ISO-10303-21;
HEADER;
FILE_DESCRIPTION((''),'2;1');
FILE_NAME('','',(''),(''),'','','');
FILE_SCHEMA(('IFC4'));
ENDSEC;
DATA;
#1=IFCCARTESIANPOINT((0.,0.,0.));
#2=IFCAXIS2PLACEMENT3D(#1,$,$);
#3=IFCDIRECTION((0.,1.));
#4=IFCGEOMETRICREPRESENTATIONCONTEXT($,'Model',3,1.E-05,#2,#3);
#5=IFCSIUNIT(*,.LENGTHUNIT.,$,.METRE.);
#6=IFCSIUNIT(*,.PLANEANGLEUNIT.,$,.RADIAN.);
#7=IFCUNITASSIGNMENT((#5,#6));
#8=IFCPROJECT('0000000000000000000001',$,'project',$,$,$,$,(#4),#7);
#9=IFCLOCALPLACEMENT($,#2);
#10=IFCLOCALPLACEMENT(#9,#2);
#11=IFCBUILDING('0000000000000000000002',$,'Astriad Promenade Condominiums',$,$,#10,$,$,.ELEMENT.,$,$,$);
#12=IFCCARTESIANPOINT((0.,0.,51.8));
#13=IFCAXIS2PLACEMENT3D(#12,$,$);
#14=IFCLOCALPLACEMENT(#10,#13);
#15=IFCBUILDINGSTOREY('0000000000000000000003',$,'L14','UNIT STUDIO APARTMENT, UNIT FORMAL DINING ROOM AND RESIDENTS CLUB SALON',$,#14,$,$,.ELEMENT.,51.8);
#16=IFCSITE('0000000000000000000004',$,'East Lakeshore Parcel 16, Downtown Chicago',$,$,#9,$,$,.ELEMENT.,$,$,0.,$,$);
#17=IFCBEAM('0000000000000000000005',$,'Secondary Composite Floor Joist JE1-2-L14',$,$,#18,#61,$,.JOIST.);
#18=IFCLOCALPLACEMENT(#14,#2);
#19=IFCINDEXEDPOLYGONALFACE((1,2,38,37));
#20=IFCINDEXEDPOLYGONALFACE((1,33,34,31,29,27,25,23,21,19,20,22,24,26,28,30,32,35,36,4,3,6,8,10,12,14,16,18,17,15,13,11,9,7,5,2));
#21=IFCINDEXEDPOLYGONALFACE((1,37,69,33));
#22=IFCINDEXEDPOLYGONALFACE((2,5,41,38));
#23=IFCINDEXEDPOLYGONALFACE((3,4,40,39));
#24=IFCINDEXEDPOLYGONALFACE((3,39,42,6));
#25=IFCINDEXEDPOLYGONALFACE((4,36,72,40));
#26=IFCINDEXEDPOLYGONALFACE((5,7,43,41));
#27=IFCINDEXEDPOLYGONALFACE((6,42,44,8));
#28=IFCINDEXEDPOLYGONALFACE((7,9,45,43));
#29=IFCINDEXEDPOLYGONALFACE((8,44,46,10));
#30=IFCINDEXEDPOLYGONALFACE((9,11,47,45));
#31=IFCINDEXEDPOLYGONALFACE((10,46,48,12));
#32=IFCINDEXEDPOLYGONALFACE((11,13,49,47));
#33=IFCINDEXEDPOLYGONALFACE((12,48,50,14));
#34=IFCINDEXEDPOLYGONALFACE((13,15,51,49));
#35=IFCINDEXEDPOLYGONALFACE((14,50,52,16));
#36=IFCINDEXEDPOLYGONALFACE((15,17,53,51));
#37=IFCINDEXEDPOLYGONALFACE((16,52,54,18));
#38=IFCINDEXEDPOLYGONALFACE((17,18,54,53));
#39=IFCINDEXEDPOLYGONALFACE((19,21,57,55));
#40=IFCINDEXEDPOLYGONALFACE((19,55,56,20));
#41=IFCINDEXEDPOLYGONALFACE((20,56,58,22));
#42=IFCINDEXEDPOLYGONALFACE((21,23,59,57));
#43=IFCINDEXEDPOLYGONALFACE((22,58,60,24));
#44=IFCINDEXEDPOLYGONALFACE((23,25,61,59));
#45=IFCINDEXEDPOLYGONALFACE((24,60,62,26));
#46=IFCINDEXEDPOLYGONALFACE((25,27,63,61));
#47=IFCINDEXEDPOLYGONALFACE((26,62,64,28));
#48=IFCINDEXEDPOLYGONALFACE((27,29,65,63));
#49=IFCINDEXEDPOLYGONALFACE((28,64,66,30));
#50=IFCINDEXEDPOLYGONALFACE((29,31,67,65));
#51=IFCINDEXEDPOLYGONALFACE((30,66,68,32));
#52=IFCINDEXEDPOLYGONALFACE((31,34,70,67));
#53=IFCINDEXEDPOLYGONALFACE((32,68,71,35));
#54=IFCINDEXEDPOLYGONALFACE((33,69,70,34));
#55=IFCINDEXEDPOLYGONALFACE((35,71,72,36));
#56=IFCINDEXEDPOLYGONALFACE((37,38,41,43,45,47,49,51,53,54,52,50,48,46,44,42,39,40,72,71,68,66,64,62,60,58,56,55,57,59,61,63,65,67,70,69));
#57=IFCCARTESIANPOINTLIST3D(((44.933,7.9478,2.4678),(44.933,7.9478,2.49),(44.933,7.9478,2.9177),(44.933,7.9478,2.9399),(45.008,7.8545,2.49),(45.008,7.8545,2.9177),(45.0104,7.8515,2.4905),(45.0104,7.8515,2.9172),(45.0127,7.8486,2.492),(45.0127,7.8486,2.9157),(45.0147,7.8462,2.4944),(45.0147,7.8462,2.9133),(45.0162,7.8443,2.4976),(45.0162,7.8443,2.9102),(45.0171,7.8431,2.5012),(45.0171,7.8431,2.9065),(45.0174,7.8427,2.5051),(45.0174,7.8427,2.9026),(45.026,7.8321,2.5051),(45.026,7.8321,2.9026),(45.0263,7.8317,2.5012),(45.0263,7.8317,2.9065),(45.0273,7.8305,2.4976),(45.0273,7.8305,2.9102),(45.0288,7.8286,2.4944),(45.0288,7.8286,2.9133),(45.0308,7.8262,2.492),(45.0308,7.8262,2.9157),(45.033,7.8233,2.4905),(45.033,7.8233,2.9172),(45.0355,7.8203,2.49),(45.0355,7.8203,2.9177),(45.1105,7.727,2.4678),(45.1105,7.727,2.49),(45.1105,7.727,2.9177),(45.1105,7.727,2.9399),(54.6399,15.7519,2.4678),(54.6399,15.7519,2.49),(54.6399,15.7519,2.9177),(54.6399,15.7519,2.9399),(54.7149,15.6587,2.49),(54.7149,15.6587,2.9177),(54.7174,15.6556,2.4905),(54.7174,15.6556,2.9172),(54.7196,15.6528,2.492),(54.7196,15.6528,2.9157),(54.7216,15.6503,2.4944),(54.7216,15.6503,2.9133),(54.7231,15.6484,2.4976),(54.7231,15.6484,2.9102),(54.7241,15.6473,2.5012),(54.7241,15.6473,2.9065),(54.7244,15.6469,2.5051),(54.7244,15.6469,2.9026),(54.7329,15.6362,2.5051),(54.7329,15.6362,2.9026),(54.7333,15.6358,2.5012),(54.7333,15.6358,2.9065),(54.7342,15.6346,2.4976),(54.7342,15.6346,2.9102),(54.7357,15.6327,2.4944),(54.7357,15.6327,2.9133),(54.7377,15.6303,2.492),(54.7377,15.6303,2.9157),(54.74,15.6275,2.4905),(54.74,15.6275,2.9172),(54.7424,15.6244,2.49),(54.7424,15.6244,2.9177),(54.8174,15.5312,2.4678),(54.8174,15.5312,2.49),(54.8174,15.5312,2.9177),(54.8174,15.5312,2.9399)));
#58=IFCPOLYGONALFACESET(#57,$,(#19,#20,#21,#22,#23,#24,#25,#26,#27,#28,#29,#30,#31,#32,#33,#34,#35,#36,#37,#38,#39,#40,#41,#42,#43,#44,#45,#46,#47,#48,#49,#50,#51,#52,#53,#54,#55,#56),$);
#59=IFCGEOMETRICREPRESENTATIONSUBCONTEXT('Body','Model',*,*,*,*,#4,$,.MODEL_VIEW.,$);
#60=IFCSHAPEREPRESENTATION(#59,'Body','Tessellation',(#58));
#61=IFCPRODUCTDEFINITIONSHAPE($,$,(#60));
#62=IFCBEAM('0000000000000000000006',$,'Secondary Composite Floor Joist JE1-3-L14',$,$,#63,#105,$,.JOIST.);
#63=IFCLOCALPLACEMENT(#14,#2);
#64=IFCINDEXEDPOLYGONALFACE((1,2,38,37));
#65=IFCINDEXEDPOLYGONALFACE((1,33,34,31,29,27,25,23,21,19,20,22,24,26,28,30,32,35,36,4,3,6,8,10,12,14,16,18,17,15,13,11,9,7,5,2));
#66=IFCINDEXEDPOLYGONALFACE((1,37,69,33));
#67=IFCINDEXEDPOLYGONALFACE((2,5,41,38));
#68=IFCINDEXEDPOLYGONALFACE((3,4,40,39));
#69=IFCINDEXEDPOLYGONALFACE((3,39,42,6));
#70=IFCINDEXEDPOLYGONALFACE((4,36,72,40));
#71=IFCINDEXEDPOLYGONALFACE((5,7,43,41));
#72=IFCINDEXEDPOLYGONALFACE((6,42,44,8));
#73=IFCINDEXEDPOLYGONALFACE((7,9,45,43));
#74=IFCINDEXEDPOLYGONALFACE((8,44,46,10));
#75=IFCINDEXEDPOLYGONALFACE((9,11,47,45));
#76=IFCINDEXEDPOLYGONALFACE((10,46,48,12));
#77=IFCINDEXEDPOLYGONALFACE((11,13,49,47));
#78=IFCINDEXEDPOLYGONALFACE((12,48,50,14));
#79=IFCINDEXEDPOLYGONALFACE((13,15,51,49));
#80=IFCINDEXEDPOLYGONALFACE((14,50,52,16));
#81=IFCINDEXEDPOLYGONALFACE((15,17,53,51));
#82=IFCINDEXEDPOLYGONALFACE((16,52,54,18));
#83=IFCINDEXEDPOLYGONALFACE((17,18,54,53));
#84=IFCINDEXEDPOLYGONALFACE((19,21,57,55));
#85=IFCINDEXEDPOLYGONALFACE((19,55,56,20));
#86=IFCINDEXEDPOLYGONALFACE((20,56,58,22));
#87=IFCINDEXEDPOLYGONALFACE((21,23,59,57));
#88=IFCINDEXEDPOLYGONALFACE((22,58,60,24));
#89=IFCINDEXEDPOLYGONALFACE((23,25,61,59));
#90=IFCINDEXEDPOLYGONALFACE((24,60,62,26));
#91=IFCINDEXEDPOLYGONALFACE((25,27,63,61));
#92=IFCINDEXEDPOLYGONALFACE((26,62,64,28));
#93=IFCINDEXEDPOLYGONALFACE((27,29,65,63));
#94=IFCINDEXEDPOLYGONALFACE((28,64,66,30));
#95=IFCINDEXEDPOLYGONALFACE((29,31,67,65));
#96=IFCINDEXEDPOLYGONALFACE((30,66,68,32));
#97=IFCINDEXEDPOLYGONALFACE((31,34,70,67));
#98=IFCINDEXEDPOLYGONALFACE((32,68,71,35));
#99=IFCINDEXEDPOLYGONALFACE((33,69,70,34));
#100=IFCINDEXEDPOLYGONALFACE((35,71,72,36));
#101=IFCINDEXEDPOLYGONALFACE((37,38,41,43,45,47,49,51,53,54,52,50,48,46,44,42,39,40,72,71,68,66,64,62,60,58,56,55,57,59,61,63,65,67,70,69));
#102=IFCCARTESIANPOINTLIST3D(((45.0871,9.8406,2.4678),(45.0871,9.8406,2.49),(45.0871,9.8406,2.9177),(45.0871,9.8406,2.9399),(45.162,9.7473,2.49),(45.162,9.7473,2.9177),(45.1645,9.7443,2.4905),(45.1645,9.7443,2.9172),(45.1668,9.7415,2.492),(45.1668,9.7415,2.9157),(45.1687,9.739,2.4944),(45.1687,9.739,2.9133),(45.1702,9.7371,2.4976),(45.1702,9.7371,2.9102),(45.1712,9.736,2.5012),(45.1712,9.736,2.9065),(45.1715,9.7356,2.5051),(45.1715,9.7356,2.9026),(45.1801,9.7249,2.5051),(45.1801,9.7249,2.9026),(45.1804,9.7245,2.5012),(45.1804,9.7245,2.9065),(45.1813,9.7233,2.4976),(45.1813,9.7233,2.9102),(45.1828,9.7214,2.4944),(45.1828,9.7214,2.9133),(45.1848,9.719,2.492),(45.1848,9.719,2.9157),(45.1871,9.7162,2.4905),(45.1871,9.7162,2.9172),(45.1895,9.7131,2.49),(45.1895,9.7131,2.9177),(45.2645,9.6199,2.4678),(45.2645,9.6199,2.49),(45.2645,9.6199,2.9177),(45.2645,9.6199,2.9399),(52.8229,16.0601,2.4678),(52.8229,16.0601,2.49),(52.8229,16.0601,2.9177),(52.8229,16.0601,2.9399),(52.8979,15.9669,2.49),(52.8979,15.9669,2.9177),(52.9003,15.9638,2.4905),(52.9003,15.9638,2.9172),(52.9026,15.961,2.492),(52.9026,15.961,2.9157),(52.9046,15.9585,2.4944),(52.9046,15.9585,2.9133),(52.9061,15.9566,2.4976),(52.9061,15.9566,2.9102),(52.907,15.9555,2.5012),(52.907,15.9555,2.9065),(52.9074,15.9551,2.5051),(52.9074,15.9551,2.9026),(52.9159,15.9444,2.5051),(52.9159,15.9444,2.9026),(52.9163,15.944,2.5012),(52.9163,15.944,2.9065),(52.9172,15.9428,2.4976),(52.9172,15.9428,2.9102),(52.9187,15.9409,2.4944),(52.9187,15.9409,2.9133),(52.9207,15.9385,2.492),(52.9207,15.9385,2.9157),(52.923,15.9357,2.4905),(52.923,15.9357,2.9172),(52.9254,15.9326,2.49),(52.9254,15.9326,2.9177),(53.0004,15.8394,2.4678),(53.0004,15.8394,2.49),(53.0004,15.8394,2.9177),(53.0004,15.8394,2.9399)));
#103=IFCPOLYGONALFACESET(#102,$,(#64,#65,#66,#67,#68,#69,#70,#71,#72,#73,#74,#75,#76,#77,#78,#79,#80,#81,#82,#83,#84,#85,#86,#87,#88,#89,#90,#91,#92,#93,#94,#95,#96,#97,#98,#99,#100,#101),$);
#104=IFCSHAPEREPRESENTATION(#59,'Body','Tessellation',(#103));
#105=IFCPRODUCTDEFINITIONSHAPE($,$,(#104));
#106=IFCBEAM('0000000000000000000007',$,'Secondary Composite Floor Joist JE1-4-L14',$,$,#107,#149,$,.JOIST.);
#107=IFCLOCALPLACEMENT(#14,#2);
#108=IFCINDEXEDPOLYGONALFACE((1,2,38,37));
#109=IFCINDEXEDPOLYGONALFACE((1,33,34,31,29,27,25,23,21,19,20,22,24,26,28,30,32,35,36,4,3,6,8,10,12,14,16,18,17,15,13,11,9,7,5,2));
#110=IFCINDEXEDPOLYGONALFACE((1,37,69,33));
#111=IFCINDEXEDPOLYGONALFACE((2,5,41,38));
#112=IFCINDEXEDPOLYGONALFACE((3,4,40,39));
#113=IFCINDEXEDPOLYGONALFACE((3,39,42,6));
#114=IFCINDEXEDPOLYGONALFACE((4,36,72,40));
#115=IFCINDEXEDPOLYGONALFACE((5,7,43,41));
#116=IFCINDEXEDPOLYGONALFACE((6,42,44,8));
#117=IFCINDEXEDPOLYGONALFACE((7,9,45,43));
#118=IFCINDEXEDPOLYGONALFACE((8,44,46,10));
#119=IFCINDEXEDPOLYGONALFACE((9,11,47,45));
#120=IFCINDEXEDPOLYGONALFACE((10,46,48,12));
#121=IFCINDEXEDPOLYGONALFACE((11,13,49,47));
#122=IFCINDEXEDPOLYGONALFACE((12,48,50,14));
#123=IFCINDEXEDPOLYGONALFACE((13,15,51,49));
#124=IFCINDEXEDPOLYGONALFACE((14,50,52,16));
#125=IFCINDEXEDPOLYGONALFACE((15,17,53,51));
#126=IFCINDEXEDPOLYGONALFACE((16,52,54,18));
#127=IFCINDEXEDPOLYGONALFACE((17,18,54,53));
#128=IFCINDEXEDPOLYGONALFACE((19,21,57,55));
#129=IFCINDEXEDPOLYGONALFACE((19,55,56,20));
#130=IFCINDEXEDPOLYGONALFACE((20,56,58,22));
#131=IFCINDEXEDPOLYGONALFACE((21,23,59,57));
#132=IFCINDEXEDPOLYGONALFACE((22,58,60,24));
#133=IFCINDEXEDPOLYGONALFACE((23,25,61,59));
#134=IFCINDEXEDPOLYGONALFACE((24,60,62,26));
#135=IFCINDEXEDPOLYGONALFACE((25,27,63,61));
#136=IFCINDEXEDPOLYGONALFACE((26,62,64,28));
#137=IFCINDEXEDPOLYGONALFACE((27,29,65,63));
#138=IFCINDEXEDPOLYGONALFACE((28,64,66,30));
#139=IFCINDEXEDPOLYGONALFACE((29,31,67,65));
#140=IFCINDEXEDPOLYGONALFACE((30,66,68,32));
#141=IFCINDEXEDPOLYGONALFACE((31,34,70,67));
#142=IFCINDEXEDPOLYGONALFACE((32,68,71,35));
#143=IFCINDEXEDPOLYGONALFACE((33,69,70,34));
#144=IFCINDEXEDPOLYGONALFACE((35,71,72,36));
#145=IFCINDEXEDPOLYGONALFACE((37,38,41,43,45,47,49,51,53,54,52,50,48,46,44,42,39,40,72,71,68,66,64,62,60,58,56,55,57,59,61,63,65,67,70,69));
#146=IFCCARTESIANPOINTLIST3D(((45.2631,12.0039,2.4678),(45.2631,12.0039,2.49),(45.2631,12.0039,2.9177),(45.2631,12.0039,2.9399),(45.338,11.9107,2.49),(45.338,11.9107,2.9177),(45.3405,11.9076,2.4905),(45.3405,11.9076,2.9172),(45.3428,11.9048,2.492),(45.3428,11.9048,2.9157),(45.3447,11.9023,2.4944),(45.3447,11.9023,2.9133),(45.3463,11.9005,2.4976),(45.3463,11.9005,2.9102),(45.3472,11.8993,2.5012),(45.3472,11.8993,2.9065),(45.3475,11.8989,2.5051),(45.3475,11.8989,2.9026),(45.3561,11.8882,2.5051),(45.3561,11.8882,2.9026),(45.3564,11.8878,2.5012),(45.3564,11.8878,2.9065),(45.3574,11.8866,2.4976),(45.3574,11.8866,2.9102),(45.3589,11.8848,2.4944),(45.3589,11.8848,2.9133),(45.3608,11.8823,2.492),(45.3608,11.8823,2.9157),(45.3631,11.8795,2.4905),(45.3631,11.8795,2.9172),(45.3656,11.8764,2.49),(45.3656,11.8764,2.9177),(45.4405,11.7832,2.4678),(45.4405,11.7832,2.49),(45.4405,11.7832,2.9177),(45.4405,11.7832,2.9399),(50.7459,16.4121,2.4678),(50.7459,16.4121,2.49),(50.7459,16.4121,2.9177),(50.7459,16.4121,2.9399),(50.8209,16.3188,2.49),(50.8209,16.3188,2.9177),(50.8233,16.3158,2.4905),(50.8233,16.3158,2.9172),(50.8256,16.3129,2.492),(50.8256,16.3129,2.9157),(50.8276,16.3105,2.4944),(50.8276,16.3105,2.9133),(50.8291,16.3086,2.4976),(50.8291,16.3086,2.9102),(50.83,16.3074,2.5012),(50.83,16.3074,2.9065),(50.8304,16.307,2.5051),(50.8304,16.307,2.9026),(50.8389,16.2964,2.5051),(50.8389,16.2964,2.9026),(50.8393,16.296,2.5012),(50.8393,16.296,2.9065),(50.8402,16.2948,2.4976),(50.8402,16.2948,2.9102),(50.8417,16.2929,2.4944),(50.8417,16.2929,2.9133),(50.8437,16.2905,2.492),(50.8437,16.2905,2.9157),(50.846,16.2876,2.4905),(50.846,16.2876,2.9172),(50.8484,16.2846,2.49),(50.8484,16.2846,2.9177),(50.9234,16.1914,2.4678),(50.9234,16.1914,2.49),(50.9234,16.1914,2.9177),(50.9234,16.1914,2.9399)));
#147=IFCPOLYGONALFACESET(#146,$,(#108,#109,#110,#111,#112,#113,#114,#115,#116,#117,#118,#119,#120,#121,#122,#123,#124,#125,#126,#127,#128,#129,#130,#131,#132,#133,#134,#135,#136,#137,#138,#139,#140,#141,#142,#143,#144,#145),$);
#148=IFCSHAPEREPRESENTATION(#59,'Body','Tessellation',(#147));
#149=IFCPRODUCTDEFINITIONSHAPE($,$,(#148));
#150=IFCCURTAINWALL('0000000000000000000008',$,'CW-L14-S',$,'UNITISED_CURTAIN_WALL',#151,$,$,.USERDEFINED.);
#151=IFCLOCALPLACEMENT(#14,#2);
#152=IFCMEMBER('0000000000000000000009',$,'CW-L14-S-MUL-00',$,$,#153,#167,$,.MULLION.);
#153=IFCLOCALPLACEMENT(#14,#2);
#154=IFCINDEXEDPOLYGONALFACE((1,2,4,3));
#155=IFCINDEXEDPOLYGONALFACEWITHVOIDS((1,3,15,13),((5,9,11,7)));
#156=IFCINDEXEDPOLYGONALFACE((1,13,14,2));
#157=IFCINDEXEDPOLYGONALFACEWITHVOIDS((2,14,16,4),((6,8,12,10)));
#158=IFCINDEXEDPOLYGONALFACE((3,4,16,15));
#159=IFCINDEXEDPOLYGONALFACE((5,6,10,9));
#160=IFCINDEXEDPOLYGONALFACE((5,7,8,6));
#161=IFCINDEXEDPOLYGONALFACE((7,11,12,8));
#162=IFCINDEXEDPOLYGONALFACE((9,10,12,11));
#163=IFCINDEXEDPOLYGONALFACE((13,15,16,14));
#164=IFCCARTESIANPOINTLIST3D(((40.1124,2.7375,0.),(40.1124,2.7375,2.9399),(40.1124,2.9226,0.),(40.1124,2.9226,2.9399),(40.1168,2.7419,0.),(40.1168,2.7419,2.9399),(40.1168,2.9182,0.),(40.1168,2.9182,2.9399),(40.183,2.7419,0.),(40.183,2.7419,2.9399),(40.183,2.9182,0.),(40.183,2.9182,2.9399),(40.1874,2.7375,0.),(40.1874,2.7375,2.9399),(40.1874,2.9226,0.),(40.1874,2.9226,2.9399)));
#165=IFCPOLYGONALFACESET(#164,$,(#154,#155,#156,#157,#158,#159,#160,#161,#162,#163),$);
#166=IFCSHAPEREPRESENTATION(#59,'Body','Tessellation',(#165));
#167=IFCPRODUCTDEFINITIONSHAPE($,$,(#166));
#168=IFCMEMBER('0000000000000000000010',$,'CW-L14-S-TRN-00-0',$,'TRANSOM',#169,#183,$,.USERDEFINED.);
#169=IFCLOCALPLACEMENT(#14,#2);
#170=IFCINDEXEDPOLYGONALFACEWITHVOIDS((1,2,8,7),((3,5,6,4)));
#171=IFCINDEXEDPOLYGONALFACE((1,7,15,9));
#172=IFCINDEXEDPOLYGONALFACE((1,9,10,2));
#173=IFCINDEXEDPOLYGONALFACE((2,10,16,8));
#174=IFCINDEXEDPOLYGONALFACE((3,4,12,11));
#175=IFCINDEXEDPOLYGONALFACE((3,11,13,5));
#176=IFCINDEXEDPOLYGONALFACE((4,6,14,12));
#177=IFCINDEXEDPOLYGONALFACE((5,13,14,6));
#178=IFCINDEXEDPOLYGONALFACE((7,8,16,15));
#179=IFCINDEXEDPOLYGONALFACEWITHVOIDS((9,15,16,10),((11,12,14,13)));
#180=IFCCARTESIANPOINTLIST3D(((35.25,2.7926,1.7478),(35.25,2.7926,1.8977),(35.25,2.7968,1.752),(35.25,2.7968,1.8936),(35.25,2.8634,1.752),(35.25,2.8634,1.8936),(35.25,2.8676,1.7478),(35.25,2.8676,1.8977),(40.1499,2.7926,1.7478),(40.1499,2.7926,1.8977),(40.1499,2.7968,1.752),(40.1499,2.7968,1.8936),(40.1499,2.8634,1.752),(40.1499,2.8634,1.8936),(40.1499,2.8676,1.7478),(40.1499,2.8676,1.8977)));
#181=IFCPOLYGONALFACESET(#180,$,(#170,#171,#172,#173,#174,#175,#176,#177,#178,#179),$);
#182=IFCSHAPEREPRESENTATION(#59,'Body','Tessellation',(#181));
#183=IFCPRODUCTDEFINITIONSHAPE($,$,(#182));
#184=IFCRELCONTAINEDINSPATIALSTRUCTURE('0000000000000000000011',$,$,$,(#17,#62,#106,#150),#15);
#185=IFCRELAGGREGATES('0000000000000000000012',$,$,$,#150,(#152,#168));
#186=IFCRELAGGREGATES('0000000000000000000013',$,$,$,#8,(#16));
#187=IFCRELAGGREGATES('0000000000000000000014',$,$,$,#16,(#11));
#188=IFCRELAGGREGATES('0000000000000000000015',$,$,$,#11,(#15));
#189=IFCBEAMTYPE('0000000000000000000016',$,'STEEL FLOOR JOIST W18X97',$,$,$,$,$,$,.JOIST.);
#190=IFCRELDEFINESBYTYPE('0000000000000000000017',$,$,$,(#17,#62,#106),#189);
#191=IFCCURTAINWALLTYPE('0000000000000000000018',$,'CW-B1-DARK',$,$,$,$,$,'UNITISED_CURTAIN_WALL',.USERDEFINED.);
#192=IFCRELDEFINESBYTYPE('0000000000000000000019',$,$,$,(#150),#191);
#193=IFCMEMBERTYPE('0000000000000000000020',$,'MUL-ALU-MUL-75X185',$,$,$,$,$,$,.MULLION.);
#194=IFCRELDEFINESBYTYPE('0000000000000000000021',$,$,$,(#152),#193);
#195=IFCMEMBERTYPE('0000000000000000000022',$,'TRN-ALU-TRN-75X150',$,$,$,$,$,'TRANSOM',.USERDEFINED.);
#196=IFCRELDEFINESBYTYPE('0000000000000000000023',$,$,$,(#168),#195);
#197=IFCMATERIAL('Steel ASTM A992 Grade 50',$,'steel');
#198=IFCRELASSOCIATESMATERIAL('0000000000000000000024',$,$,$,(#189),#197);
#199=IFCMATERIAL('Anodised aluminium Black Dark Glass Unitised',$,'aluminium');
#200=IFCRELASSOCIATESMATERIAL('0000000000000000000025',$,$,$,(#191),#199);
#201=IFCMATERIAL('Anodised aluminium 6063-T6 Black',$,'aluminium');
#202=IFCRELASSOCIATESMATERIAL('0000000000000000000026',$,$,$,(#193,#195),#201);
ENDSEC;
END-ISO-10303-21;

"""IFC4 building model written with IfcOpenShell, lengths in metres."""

from ifc_helpers import new_model, si_unit, direction, frame, origin, origin_2d, place, context, subcontext, project, spatial, hollow_rectangle, i_section, extrude, source, transform, mapped, material, material_profile, profile_set, type_object, type_shapes, element, aggregate, save


model = new_model("IFC4")

# Units and contexts
model_context = context("Model", 3, precision=1e-05, world=origin(), true_north=direction((0.0, 1.0)))
body_context = subcontext(model_context, "Body", "Model", "MODEL_VIEW")
ifc_project = project(units=[si_unit("LENGTHUNIT", "METRE"), si_unit("PLANEANGLEUNIT", "RADIAN")], contexts=[model_context])

# Site, building, storey
site_placement = place(None, origin())
site = spatial("IfcSite", under=ifc_project, at=site_placement, Name="East Lakeshore Parcel 16, Downtown Chicago", CompositionType="ELEMENT", RefElevation=0.0)
building_placement = place(site_placement, origin())
building = spatial("IfcBuilding", under=site, at=building_placement, Name="Astriad Promenade Condominiums", CompositionType="ELEMENT")
storey_placement = place(building_placement, frame((0.0, 0.0, 51.8)))
storey = spatial("IfcBuildingStorey", under=building, at=storey_placement, Name="L14", Description="UNIT STUDIO APARTMENT, UNIT FORMAL DINING ROOM AND RESIDENTS CLUB SALON", CompositionType="ELEMENT", Elevation=51.8)

# Beams
ifc_material_1 = material(Name="Steel ASTM A992 Grade 50", Category="steel")
ifc_material_profile_1 = material_profile(ifc_material_1, i_section(OverallWidth=0.2832, OverallDepth=0.4722, WebThickness=0.0137, FlangeThickness=0.0222, FilletRadius=0.0151, at=origin_2d()), Name="W18X97")
ifc_profile_set_1 = profile_set([ifc_material_profile_1], Name="Steel ASTM A992 Grade 50")
beam_type_1 = type_object("IfcBeamType", Name="STEEL FLOOR JOIST W18X97", PredefinedType="JOIST", material=ifc_profile_set_1)
shared_shape_1 = source(origin(), body_context, "Body", "SweptSolid", [
    extrude(i_section(OverallWidth=0.2832, OverallDepth=0.4722, WebThickness=0.0137, FlangeThickness=0.0222, FilletRadius=0.0151, at=origin_2d()), origin(), (0.0, 0.0, 1.0), 12.4551),
])
beam_1_placement = place(storey_placement, frame((45.0217, 7.8374, 2.7039), z_axis=(0.779356, 0.626582, 0.0), x_axis=(-0.626582, 0.779356, 0.0)))
element("IfcBeam", 1, at=beam_1_placement, inside=storey, type_object=beam_type_1, Name="Secondary Composite Floor Joist JE1-2-L14", PredefinedType="JOIST", context=body_context, shape_type="MappedRepresentation", body=[
    mapped(shared_shape_1, transform((0.0, 0.0, 0.0), scale=1.0)),
])
shared_shape_2 = source(origin(), body_context, "Body", "SweptSolid", [
    extrude(i_section(OverallWidth=0.2832, OverallDepth=0.4722, WebThickness=0.0137, FlangeThickness=0.0222, FilletRadius=0.0151, at=origin_2d()), origin(), (0.0, 0.0, 1.0), 9.926),
])
beam_2_placement = place(storey_placement, frame((45.1758, 9.7302, 2.7039), z_axis=(0.779352, 0.626586, 0.0), x_axis=(-0.626586, 0.779352, 0.0)))
element("IfcBeam", 2, at=beam_2_placement, inside=storey, type_object=beam_type_1, Name="Secondary Composite Floor Joist JE1-3-L14", PredefinedType="JOIST", context=body_context, shape_type="MappedRepresentation", body=[
    mapped(shared_shape_2, transform((0.0, 0.0, 0.0), scale=1.0)),
])
shared_shape_3 = source(origin(), body_context, "Body", "SweptSolid", [
    extrude(i_section(OverallWidth=0.2832, OverallDepth=0.4722, WebThickness=0.0137, FlangeThickness=0.0222, FilletRadius=0.0151, at=origin_2d()), origin(), (0.0, 0.0, 1.0), 7.0352),
])
beam_3_placement = place(storey_placement, frame((45.3518, 11.8936, 2.7039), z_axis=(0.77935, 0.626589, 0.0), x_axis=(-0.626589, 0.77935, 0.0)))
element("IfcBeam", 3, at=beam_3_placement, inside=storey, type_object=beam_type_1, Name="Secondary Composite Floor Joist JE1-4-L14", PredefinedType="JOIST", context=body_context, shape_type="MappedRepresentation", body=[
    mapped(shared_shape_3, transform((0.0, 0.0, 0.0), scale=1.0)),
])

# Curtain wall, members
ifc_material_2 = material(Name="Anodised aluminium Black Dark Glass Unitised", Category="aluminium")
curtain_wall_type = type_object("IfcCurtainWallType", Name="CW-B1-DARK", ElementType="UNITISED_CURTAIN_WALL", PredefinedType="USERDEFINED", material=ifc_material_2)
curtain_wall_placement = place(storey_placement, origin())
curtain_wall = element("IfcCurtainWall", 4, at=curtain_wall_placement, inside=storey, type_object=curtain_wall_type, Name="CW-L14-S", ObjectType="UNITISED_CURTAIN_WALL", PredefinedType="USERDEFINED")
ifc_material_3 = material(Name="Anodised aluminium 6063-T6 Black", Category="aluminium")
ifc_material_profile_2 = material_profile(ifc_material_3, hollow_rectangle(XDim=0.075, YDim=0.1851, WallThickness=0.0044, at=origin_2d()), Name="ALU-MUL-75X185")
ifc_profile_set_2 = profile_set([ifc_material_profile_2], Name="Anodised aluminium 6063-T6 Black")
member_type_1 = type_object("IfcMemberType", Name="MUL-ALU-MUL-75X185", PredefinedType="MULLION", material=ifc_profile_set_2)
shared_shape_4 = source(origin(), body_context, "Body", "SweptSolid", [
    extrude(hollow_rectangle(XDim=0.075, YDim=0.1851, WallThickness=0.0044, at=origin_2d()), origin(), (0.0, 0.0, 1.0), 2.9399),
])
type_shapes(member_type_1, [shared_shape_4])
member_1_placement = place(storey_placement, frame((40.1499, 2.8301, 0.0), z_axis=(0.0, 0.0, 1.0), x_axis=(1.0, 0.0, 0.0)))
member_1 = element("IfcMember", 5, at=member_1_placement, type_object=member_type_1, Name="CW-L14-S-MUL-00", PredefinedType="MULLION", context=body_context, shape_type="MappedRepresentation", body=[
    mapped(shared_shape_4, transform((0.0, 0.0, 0.0), scale=1.0)),
])
ifc_material_profile_3 = material_profile(ifc_material_3, hollow_rectangle(XDim=0.075, YDim=0.1499, WallThickness=0.0042, at=origin_2d()), Name="ALU-TRN-75X150")
ifc_profile_set_3 = profile_set([ifc_material_profile_3], Name="Anodised aluminium 6063-T6 Black")
member_type_2 = type_object("IfcMemberType", Name="TRN-ALU-TRN-75X150", ElementType="TRANSOM", PredefinedType="USERDEFINED", material=ifc_profile_set_3)
shared_shape_5 = source(origin(), body_context, "Body", "SweptSolid", [
    extrude(hollow_rectangle(XDim=0.075, YDim=0.1499, WallThickness=0.0042, at=origin_2d()), origin(), (0.0, 0.0, 1.0), 4.8999),
])
type_shapes(member_type_2, [shared_shape_5])
member_2_placement = place(storey_placement, frame((40.1499, 2.8301, 1.8228), z_axis=(-1.0, 0.0, 0.0), x_axis=(0.0, -1.0, 0.0)))
member_2 = element("IfcMember", 6, at=member_2_placement, type_object=member_type_2, Name="CW-L14-S-TRN-00-0", ObjectType="TRANSOM", PredefinedType="USERDEFINED", context=body_context, shape_type="MappedRepresentation", body=[
    mapped(shared_shape_5, transform((0.0, 0.0, 0.0), scale=1.0)),
])
aggregate(curtain_wall, [member_1, member_2])

save(model, "model.ifc")
